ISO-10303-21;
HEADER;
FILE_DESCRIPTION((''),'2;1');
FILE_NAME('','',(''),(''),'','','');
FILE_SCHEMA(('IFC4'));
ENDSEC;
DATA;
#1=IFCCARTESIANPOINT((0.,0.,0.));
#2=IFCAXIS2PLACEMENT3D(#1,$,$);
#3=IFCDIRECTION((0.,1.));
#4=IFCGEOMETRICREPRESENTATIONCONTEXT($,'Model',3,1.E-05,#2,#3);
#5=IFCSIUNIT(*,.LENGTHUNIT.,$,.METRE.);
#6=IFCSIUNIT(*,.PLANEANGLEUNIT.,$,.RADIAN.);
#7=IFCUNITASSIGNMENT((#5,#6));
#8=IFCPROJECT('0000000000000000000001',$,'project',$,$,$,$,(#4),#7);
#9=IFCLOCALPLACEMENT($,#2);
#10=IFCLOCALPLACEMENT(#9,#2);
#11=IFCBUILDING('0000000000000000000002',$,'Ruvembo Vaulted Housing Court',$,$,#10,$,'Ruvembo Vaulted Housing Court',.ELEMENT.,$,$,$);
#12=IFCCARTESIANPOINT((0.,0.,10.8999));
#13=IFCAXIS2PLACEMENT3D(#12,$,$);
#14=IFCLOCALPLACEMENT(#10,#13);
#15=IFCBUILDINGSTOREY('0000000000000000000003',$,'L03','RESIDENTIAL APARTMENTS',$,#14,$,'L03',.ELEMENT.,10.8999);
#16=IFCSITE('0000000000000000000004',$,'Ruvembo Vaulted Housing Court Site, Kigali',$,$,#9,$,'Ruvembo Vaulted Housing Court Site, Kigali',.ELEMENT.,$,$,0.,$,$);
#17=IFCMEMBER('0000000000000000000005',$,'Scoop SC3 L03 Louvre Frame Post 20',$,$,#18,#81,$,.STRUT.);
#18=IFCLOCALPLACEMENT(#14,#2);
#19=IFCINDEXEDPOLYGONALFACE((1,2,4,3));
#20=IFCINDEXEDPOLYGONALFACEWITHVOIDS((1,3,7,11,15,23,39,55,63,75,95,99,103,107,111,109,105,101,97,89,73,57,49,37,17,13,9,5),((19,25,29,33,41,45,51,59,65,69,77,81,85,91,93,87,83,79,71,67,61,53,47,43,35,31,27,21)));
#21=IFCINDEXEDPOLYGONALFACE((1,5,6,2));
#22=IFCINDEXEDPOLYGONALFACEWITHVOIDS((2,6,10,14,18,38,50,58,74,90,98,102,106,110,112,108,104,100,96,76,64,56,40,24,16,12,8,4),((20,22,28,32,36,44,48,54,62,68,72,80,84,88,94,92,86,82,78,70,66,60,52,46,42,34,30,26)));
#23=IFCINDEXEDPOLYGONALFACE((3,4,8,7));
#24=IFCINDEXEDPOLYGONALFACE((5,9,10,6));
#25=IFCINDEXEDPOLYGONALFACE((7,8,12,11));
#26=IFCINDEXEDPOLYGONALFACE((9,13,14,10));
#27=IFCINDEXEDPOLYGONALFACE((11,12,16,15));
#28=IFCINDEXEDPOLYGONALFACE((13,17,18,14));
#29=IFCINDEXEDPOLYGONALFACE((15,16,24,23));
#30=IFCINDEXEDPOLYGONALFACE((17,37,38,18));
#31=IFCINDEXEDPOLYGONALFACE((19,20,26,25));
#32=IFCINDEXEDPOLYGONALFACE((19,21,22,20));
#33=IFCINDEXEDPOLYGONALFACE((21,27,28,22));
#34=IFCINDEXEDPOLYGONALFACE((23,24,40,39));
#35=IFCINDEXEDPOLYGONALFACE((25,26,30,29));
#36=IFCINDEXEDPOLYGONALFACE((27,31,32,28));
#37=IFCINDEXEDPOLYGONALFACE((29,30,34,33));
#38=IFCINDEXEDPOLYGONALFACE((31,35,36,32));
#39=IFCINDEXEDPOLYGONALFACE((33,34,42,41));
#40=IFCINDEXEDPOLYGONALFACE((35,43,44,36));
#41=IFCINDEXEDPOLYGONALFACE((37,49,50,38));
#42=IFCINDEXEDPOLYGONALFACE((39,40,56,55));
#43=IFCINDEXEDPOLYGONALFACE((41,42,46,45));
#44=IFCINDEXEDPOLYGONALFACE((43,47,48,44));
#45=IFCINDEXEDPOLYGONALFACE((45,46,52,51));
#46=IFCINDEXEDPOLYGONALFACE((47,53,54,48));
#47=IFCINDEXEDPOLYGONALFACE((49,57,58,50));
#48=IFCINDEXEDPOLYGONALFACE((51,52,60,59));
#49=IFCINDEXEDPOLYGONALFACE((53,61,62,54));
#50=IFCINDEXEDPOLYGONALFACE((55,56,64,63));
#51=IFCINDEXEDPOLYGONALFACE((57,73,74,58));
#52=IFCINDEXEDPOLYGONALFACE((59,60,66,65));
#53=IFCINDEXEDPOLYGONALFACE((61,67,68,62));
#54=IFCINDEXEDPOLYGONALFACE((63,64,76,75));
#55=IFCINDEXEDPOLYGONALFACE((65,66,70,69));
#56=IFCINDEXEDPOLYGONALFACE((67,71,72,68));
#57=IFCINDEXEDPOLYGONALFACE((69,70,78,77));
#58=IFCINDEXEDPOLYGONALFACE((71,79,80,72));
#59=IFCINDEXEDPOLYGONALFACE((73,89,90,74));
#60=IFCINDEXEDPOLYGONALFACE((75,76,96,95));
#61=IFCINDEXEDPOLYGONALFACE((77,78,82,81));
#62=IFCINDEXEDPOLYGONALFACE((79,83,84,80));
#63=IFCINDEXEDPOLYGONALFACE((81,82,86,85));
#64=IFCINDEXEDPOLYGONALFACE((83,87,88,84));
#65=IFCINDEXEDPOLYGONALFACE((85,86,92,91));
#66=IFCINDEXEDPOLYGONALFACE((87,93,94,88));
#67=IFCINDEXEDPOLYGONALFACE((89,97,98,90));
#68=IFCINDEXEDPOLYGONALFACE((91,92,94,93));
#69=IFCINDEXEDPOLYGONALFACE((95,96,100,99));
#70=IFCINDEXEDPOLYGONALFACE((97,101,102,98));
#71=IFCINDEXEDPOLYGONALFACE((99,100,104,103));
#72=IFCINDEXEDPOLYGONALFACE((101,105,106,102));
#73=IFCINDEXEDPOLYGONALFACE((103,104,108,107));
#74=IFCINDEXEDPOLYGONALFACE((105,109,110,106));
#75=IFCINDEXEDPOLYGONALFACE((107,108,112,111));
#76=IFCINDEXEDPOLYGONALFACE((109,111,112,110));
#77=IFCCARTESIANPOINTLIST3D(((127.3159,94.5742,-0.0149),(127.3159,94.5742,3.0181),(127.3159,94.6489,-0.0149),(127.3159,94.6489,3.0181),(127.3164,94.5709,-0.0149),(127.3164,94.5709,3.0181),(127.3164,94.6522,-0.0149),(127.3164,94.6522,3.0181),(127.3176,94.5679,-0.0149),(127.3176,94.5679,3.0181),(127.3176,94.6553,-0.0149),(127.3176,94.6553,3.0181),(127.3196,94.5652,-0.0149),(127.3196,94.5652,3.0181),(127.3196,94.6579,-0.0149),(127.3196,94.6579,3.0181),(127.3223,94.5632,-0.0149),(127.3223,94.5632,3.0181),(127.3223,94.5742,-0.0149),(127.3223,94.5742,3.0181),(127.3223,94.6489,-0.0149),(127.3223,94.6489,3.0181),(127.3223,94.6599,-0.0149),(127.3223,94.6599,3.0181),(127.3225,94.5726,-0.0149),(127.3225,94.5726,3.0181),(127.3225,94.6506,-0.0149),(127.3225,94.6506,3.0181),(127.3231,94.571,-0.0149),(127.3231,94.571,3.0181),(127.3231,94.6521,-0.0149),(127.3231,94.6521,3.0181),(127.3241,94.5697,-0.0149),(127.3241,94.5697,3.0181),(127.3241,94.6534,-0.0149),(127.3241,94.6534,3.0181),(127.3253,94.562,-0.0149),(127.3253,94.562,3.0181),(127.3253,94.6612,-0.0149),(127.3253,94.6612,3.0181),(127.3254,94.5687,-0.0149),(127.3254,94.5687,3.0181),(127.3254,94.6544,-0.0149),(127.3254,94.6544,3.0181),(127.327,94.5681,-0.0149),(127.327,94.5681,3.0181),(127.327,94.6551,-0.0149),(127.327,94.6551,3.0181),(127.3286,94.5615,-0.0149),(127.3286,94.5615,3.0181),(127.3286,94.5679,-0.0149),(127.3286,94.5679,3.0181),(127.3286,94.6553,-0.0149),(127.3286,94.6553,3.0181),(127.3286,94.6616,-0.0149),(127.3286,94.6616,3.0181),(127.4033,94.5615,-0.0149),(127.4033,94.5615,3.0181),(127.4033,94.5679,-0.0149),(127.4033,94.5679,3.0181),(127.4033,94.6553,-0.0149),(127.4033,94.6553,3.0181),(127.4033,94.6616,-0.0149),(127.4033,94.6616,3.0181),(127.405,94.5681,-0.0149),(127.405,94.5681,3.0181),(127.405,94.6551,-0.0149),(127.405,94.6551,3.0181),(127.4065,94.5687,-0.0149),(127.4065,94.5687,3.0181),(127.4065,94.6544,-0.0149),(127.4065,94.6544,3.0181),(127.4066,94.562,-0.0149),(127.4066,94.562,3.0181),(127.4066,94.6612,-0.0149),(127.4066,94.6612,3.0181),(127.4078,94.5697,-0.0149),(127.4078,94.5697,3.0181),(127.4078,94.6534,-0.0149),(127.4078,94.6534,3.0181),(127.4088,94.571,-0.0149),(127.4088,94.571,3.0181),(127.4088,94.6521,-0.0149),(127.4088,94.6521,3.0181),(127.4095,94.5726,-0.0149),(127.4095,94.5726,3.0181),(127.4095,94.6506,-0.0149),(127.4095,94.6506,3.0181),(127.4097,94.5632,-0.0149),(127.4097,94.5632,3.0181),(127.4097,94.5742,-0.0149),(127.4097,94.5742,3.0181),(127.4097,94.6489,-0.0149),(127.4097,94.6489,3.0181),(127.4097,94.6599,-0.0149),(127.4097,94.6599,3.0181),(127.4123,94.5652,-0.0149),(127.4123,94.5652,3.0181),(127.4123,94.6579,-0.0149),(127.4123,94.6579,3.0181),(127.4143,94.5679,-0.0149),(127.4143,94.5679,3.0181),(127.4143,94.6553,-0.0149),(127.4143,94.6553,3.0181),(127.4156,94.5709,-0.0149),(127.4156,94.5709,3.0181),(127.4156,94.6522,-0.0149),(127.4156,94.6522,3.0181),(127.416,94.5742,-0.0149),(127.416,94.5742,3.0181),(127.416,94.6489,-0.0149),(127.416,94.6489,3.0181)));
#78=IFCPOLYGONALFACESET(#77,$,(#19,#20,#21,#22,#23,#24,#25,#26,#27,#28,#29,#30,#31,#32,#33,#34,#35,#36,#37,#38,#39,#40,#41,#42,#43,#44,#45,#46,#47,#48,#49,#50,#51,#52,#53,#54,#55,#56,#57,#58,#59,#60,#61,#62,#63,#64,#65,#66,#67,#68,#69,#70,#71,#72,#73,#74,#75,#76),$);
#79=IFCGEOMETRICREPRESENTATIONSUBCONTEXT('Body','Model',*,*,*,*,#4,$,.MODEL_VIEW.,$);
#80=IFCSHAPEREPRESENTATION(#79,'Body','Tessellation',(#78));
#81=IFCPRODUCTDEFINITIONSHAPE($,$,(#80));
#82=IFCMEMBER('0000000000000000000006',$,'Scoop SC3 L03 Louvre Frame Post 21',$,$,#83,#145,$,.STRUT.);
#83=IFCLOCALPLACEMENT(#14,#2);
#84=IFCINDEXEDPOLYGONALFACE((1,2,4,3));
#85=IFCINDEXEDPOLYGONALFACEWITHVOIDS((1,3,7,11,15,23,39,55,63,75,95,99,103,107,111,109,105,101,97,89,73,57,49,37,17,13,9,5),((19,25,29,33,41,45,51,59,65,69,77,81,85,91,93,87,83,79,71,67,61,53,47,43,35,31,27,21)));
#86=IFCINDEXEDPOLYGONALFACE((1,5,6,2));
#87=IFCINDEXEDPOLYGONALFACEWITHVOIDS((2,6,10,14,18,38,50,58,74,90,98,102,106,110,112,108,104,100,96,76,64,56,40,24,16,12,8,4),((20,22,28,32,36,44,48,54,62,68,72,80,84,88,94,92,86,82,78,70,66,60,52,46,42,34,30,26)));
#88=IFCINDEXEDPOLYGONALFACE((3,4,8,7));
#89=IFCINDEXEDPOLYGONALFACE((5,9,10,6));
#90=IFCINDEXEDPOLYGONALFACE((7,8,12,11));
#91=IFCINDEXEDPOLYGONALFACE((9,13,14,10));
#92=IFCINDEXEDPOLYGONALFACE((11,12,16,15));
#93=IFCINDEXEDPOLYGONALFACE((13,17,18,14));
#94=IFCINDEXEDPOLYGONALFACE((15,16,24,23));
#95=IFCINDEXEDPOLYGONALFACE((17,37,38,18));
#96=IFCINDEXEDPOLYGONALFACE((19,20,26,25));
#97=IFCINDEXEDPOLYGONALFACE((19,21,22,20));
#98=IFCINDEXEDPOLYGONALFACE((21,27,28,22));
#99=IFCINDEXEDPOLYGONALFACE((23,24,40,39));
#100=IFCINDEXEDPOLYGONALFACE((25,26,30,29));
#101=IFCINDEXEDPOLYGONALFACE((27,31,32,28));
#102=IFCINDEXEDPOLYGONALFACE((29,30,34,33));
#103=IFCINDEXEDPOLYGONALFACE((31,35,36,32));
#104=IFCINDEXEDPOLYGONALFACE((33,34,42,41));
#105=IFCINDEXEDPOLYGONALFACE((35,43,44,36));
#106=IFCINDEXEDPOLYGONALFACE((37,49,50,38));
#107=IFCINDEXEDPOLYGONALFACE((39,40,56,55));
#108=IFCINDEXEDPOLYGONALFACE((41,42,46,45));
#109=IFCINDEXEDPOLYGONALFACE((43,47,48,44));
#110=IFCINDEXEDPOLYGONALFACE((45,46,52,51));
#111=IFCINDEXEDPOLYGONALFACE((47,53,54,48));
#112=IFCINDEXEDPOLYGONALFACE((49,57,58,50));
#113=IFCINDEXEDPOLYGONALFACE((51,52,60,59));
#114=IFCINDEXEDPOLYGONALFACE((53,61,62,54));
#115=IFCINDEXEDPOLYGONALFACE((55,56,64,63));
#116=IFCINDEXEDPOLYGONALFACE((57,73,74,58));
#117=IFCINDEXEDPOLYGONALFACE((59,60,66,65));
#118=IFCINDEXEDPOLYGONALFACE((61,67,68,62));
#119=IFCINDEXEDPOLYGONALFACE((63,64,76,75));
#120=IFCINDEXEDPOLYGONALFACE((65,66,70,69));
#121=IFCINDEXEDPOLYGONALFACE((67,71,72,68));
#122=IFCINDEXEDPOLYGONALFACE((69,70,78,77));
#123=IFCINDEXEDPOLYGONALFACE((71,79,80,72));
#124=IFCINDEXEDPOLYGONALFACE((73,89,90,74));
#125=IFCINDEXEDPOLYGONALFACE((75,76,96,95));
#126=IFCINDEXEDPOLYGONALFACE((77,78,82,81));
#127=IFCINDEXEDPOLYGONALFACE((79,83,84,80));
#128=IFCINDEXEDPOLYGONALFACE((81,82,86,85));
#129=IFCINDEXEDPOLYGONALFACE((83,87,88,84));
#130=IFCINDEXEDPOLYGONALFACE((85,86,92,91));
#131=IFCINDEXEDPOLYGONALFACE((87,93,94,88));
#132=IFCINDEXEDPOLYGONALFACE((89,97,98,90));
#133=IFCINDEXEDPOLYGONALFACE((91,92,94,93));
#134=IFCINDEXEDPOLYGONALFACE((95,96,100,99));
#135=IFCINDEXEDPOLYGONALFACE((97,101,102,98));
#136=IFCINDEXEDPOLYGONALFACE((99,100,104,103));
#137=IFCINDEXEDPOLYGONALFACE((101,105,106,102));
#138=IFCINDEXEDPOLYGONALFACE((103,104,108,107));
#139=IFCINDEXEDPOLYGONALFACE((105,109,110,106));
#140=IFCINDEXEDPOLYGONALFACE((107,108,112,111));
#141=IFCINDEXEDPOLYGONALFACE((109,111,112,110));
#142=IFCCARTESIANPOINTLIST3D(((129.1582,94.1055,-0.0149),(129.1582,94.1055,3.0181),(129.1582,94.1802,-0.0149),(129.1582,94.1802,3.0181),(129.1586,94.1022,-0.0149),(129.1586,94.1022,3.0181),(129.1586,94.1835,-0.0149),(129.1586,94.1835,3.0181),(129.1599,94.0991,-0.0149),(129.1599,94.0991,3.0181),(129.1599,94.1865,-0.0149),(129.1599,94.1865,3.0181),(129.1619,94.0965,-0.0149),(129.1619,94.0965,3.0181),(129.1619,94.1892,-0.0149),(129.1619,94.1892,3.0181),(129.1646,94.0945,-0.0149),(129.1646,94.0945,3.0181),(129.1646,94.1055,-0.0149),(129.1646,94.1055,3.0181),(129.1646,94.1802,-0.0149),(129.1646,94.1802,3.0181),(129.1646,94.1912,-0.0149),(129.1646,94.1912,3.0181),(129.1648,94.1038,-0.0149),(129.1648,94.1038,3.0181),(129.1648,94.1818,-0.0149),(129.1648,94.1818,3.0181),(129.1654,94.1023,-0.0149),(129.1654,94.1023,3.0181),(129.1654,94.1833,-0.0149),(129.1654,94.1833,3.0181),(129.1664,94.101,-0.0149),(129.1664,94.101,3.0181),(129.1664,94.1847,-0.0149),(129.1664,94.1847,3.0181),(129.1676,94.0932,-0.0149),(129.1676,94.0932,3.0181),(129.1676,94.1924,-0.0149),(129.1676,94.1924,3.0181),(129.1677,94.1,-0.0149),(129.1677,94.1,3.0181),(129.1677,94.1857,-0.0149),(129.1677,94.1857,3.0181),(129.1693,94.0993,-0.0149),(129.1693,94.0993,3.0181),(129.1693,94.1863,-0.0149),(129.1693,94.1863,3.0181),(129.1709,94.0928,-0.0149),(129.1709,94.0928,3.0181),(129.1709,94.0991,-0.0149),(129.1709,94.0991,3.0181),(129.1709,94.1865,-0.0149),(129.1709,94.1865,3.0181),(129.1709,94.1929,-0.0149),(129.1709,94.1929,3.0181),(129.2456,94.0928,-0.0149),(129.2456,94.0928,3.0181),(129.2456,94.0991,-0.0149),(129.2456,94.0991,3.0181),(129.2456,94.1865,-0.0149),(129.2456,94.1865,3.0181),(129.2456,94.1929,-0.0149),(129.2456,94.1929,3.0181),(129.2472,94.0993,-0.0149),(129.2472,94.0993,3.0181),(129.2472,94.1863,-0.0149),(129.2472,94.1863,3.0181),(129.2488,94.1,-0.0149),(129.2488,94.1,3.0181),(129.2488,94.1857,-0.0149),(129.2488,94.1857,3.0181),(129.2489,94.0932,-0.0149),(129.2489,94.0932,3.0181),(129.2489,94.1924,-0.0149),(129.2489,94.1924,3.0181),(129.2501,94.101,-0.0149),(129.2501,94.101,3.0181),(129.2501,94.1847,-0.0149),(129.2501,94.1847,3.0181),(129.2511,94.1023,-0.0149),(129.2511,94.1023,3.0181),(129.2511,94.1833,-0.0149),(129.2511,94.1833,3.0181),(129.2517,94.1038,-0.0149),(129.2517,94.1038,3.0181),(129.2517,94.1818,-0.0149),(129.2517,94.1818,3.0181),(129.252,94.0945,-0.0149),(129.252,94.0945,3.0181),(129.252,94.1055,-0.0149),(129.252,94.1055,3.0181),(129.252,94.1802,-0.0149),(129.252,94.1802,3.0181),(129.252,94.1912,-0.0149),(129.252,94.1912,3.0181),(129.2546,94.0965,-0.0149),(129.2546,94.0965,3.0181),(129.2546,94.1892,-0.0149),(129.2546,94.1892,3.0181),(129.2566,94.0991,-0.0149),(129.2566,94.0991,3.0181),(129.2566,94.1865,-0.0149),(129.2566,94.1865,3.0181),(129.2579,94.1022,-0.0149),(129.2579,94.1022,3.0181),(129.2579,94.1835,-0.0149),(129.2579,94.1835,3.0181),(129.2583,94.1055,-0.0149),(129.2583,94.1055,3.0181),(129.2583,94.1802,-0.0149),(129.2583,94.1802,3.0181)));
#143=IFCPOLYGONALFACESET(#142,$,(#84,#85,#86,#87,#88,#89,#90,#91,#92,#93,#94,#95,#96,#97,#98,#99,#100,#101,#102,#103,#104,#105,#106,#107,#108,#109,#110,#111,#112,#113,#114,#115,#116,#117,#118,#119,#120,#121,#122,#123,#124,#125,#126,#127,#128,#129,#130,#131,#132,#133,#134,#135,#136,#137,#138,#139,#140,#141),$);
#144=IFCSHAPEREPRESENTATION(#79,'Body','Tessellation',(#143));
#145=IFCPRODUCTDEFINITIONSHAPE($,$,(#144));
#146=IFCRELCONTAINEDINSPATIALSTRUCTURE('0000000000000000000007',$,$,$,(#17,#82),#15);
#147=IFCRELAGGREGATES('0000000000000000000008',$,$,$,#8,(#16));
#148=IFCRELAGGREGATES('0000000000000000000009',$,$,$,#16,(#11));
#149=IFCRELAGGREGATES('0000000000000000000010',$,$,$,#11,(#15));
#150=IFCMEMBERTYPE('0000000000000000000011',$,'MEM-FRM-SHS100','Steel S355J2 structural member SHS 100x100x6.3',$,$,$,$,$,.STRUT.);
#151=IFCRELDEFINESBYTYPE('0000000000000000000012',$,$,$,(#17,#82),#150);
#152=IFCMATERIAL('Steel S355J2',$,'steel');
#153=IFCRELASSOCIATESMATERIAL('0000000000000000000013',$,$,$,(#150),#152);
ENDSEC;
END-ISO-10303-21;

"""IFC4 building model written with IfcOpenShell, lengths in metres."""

from ifc_helpers import new_model, si_unit, direction, frame, origin, origin_2d, place, context, subcontext, project, spatial, hollow_rectangle, extrude, material, material_profile, profile_set, type_object, element, save


model = new_model("IFC4")

# Units and contexts
model_context = context("Model", 3, precision=1e-05, world=origin(), true_north=direction((0.0, 1.0)))
body_context = subcontext(model_context, "Body", "Model", "MODEL_VIEW")
ifc_project = project(units=[si_unit("LENGTHUNIT", "METRE"), si_unit("PLANEANGLEUNIT", "RADIAN")], contexts=[model_context])

# Site, building, storey
site_placement = place(None, origin())
site = spatial("IfcSite", under=ifc_project, at=site_placement, Name="Ruvembo Vaulted Housing Court Site, Kigali", LongName="Ruvembo Vaulted Housing Court Site, Kigali", CompositionType="ELEMENT", RefElevation=0.0)
building_placement = place(site_placement, origin())
building = spatial("IfcBuilding", under=site, at=building_placement, Name="Ruvembo Vaulted Housing Court", LongName="Ruvembo Vaulted Housing Court", CompositionType="ELEMENT")
storey_placement = place(building_placement, frame((0.0, 0.0, 10.8999)))
storey = spatial("IfcBuildingStorey", under=building, at=storey_placement, Name="L03", Description="RESIDENTIAL APARTMENTS", LongName="L03", CompositionType="ELEMENT", Elevation=10.8999)

# Shared definitions
ifc_material_1 = material(Name="Steel S355J2", Category="steel")

# Members
ifc_material_profile_1 = material_profile(ifc_material_1, hollow_rectangle(XDim=0.1001, YDim=0.1001, WallThickness=0.0063, InnerFilletRadius=0.0063, OuterFilletRadius=0.0127, at=origin_2d()), Name="SHS 100x100x6.3")
ifc_profile_set_1 = profile_set([ifc_material_profile_1], Name="Steel S355J2")
member_type_1 = type_object("IfcMemberType", Name="MEM-FRM-SHS100", Description="Steel S355J2 structural member SHS 100x100x6.3", PredefinedType="STRUT", material=ifc_profile_set_1)
for number, where, z_axis, x_axis, name in (
    (1, (127.366, 94.6116, -0.0149), (0.0, 0.0, 1.0), (1.0, 0.0, 0.0), "Scoop SC3 L03 Louvre Frame Post 20"),
    (2, (129.2083, 94.1428, -0.0149), (0.0, 0.0, 1.0), (1.0, 0.0, 0.0), "Scoop SC3 L03 Louvre Frame Post 21"),
):
    element("IfcMember", number, at=place(storey_placement, frame(where, z_axis=z_axis, x_axis=x_axis)), inside=storey, type_object=member_type_1, Name=name, PredefinedType="STRUT", context=body_context, shape_type="SweptSolid", body=[
        extrude(hollow_rectangle(XDim=0.1001, YDim=0.1001, WallThickness=0.0063, InnerFilletRadius=0.0063, OuterFilletRadius=0.0127, at=origin_2d()), origin(), (0.0, 0.0, 1.0), 3.033),
    ])

save(model, "model.ifc")
